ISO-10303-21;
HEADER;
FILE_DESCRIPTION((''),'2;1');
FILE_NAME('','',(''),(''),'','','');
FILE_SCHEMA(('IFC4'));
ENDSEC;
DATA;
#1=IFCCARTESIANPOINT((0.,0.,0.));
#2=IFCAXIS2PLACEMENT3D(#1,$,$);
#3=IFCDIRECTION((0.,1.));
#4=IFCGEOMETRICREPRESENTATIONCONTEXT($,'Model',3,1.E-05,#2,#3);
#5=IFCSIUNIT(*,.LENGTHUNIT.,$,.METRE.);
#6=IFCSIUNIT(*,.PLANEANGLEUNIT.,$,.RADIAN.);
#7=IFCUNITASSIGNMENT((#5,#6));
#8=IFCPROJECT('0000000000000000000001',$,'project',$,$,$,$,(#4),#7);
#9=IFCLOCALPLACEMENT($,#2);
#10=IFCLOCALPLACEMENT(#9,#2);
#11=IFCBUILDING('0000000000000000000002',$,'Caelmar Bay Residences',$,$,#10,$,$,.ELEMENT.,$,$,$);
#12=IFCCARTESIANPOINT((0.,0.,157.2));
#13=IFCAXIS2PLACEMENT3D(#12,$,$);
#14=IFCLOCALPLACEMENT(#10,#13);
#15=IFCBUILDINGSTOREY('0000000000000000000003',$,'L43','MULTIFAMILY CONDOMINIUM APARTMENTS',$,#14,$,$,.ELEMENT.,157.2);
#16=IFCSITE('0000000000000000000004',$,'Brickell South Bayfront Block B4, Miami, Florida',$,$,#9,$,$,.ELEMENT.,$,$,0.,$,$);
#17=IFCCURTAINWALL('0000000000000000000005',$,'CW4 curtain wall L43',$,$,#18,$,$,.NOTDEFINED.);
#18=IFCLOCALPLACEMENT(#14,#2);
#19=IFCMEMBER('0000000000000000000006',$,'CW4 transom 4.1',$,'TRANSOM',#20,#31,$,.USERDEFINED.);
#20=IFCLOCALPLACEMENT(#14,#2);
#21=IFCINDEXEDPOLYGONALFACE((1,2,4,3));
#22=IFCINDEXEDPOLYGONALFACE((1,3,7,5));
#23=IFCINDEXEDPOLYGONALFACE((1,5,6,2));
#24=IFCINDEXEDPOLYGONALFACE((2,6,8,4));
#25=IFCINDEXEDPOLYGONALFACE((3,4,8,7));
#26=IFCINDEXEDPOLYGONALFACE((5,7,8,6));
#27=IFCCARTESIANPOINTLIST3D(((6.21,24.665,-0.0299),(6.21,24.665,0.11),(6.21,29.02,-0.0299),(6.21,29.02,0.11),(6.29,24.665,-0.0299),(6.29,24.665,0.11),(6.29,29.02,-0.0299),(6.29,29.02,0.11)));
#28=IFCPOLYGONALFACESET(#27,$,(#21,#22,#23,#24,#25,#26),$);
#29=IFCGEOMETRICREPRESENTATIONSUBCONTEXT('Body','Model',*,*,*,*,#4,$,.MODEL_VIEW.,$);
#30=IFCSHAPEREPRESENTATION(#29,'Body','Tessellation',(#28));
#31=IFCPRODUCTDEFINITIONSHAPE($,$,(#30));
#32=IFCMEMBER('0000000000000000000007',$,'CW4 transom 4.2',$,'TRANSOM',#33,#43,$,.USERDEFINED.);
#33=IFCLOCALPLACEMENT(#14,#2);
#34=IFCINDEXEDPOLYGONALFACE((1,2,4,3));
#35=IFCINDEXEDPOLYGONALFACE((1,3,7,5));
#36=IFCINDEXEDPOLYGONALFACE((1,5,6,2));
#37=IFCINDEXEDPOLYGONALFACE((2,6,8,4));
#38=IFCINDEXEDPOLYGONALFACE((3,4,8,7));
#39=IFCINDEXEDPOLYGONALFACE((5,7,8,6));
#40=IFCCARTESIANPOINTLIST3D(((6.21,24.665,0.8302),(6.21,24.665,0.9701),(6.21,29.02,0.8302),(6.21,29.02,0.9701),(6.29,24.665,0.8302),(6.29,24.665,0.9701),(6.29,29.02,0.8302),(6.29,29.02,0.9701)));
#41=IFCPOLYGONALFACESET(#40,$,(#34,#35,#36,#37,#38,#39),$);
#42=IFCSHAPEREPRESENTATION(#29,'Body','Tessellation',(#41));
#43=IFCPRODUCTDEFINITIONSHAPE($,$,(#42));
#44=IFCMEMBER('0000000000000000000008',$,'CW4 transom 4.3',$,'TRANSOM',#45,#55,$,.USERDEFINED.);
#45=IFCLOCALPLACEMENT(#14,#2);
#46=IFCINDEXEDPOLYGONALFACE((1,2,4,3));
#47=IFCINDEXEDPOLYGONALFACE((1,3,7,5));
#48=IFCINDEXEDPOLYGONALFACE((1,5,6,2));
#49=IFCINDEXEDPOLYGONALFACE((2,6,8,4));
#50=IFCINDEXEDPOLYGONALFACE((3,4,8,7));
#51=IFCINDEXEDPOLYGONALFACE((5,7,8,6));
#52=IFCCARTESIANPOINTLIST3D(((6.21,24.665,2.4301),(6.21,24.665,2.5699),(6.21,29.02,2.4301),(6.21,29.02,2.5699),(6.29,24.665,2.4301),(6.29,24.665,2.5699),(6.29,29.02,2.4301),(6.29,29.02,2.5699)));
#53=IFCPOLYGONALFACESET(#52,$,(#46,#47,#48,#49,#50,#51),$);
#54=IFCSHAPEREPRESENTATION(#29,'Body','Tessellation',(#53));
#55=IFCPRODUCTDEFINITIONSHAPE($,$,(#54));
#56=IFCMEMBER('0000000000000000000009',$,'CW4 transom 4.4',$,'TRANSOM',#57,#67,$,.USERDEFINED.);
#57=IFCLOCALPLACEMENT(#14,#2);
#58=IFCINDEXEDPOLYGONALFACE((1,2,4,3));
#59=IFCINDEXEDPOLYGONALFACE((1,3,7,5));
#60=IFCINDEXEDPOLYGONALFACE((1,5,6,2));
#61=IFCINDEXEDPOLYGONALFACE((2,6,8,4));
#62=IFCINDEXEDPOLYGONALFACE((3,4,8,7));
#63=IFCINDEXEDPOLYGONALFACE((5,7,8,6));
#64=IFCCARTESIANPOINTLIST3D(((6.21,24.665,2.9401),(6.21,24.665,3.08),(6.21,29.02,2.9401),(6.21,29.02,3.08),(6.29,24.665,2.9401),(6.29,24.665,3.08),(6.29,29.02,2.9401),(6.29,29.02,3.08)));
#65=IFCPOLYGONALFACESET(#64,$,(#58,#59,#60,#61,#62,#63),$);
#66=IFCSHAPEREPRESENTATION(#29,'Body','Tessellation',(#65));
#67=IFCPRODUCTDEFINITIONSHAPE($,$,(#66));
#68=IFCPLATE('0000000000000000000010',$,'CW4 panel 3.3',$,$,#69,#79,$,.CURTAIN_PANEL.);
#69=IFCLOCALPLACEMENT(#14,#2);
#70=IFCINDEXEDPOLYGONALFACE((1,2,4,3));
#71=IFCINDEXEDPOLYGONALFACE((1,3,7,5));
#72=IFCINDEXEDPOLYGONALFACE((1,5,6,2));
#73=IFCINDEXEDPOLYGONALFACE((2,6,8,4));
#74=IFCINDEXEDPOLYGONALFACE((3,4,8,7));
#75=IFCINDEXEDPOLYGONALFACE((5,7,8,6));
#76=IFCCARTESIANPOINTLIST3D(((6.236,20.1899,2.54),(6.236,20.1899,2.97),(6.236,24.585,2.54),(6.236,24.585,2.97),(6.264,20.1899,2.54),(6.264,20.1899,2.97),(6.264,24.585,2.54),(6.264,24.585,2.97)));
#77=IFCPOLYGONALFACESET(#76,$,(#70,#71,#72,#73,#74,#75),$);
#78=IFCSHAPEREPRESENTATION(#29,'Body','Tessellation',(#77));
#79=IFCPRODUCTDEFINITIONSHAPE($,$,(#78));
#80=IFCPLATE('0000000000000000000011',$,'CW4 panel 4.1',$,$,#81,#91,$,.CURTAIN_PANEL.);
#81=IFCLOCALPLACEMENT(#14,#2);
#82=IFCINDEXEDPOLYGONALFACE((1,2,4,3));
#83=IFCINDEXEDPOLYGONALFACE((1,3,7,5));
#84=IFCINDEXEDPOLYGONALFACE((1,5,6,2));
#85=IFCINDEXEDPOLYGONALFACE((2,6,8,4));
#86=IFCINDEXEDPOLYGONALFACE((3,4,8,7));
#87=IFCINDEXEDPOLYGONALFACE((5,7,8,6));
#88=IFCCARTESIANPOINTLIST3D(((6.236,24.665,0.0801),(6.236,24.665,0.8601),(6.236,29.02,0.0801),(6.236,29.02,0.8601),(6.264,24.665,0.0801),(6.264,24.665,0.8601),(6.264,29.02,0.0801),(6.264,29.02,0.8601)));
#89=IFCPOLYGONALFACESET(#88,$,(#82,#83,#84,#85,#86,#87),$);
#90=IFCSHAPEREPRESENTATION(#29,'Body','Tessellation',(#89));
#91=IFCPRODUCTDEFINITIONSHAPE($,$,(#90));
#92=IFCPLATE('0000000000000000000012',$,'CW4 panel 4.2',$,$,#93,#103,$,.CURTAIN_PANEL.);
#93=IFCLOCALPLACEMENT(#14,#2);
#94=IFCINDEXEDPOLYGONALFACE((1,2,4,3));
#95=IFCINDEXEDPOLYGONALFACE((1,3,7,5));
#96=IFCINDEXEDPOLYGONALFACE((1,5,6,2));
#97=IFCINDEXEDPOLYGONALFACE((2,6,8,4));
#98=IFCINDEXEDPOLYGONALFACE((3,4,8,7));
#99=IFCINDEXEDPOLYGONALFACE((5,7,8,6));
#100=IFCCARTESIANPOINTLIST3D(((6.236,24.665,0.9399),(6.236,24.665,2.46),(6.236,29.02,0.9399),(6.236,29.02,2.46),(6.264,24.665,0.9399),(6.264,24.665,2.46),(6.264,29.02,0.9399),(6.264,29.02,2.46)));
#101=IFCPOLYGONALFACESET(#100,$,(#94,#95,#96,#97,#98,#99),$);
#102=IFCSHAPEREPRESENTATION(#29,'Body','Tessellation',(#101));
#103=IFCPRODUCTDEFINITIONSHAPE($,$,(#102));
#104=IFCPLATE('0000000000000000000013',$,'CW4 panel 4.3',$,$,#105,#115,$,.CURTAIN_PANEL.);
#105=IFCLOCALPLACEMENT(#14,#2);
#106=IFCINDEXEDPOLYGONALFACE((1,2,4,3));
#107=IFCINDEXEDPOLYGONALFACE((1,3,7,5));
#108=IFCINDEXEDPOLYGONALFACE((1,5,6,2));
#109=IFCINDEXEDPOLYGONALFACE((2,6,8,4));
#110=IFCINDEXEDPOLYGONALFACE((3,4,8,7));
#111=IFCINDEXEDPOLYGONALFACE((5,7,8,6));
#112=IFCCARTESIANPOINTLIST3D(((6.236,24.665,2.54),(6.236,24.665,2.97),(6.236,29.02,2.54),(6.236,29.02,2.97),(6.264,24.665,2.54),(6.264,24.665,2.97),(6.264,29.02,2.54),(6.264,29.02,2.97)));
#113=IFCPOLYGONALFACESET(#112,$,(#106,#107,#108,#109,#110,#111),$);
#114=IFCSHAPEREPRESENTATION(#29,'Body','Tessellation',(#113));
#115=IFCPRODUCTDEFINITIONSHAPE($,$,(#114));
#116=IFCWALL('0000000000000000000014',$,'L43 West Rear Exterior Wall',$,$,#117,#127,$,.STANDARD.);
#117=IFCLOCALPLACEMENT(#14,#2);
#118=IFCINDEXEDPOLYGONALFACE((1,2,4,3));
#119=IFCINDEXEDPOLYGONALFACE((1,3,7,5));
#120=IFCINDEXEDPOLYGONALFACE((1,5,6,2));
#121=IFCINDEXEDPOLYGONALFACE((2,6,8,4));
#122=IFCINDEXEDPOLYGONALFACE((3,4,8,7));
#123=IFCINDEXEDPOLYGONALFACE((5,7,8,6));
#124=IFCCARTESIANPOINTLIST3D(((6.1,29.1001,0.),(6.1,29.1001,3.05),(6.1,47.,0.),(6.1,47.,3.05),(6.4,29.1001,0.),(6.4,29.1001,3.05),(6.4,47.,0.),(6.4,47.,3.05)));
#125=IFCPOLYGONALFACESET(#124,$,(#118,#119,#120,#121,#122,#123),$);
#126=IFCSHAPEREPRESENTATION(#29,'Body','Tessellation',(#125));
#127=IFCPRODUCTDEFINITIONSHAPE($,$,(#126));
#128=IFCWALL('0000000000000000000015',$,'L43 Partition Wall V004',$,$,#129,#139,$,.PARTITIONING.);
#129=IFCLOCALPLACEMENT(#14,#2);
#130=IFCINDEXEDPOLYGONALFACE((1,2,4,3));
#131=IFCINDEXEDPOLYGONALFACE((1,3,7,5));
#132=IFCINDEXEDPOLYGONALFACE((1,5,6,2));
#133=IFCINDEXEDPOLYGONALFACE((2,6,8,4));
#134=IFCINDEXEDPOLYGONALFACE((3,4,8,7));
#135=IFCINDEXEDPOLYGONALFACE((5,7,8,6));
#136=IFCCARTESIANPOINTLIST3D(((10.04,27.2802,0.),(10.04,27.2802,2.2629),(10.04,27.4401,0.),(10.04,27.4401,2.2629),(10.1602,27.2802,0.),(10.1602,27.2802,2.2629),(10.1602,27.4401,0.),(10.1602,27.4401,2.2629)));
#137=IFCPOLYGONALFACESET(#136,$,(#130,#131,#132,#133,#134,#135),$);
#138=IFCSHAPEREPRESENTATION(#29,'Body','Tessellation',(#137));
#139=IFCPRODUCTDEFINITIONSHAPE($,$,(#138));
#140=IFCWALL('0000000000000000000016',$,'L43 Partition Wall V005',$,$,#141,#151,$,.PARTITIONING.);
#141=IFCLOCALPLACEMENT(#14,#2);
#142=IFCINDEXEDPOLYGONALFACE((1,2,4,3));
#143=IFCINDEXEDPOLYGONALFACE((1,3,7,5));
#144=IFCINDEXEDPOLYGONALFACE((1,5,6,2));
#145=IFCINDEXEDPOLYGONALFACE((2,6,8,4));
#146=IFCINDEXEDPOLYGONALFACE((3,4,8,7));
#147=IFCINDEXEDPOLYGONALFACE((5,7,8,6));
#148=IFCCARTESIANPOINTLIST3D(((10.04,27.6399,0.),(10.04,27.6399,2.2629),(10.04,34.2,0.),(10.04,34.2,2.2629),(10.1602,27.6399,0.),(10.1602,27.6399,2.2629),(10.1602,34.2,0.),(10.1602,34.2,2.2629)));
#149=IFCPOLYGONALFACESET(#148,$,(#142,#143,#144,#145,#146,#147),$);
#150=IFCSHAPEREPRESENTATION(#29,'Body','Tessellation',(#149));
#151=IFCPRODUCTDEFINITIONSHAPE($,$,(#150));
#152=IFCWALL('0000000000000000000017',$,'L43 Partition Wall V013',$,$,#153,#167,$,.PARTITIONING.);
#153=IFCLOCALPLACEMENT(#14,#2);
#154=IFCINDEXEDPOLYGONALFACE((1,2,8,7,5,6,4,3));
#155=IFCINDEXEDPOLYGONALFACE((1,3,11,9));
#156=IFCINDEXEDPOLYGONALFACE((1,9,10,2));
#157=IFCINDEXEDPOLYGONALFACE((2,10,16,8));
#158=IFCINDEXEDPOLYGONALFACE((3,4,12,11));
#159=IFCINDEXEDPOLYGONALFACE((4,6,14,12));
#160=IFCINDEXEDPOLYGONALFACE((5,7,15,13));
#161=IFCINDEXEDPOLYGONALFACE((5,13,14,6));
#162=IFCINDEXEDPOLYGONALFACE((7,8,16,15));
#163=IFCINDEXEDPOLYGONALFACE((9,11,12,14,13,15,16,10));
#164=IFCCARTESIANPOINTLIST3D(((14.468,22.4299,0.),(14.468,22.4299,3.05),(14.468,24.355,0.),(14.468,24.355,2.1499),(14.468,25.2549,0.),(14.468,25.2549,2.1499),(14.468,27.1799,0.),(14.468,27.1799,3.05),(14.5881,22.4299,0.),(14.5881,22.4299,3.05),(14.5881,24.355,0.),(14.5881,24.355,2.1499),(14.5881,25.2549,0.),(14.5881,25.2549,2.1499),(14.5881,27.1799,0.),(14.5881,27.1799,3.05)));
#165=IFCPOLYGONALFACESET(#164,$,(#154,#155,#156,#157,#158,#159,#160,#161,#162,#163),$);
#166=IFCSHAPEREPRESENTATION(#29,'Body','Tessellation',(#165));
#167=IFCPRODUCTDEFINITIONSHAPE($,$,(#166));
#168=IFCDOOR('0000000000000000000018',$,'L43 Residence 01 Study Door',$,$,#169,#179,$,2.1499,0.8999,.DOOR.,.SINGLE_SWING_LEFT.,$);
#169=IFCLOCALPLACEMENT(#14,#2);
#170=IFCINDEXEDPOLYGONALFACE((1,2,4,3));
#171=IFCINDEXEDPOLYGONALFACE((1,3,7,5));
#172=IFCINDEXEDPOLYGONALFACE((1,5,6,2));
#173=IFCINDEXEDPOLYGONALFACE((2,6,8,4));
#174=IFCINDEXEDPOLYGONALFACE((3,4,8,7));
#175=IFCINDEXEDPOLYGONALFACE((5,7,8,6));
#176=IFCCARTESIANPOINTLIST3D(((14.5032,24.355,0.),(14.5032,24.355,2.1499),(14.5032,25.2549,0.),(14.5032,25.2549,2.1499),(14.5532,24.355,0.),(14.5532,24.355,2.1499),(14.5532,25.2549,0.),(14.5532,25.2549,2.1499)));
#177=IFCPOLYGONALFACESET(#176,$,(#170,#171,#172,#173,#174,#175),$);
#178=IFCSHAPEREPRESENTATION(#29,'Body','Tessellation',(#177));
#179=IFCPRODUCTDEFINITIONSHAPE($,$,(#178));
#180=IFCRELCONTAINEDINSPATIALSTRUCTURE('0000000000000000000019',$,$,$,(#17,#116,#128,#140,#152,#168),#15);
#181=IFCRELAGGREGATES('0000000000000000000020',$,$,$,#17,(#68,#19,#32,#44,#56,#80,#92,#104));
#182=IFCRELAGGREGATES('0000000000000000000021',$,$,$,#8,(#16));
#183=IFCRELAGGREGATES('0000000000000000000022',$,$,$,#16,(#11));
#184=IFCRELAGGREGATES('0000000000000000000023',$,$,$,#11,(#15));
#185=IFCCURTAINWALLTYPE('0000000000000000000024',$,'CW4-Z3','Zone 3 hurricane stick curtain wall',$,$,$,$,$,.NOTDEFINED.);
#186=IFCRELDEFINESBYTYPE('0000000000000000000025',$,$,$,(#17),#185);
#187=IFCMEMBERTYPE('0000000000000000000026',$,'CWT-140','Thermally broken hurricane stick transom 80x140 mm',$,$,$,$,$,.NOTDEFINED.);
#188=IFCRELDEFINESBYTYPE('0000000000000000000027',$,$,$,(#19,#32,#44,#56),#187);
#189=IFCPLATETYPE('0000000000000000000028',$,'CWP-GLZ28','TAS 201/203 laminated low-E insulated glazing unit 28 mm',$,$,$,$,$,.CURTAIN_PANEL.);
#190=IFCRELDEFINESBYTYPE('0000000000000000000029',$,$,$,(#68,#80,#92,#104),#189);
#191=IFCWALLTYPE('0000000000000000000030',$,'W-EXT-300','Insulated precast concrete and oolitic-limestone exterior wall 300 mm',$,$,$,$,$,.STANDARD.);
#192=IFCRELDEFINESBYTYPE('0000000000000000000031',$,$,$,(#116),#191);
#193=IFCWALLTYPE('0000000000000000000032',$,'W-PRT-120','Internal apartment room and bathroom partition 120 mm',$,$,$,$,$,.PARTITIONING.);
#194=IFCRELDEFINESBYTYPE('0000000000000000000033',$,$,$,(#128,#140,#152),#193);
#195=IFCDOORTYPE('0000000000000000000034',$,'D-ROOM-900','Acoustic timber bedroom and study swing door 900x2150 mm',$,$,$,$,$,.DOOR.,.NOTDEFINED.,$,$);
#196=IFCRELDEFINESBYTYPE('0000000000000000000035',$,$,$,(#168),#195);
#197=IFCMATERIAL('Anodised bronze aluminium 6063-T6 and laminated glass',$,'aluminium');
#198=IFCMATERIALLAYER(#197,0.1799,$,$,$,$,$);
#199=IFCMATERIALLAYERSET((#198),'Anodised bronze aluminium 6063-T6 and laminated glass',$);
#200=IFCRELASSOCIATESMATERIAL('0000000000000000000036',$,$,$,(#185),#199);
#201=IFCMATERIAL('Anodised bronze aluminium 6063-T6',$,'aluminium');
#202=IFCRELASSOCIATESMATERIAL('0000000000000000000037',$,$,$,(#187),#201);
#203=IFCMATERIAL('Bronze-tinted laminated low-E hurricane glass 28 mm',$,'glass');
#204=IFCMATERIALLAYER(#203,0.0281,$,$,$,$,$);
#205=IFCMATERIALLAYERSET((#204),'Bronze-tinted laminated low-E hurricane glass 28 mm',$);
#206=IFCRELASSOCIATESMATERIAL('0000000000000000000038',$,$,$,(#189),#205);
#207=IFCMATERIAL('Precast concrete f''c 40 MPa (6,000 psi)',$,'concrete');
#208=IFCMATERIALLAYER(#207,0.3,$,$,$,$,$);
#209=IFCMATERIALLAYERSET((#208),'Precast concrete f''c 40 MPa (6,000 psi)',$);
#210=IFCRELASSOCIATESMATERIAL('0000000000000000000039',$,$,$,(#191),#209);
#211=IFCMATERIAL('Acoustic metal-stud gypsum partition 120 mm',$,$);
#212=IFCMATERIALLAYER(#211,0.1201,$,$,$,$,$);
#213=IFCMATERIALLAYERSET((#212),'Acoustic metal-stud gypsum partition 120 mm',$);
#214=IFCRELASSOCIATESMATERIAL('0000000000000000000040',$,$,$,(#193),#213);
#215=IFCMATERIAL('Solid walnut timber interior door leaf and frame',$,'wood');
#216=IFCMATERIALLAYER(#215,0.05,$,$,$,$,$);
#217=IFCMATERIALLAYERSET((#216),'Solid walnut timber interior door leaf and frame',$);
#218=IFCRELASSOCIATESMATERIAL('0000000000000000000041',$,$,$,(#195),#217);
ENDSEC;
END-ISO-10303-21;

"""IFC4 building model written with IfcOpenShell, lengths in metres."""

from ifc_helpers import new_model, si_unit, direction, frame, frame_2d, origin, origin_2d, place, context, subcontext, project, spatial, rectangle, extrude, material, layer, layer_set, material_profile, profile_set, type_object, element, fill, aggregate, save


model = new_model("IFC4")

# Units and contexts
model_context = context("Model", 3, precision=1e-05, world=origin(), true_north=direction((0.0, 1.0)))
body_context = subcontext(model_context, "Body", "Model", "MODEL_VIEW")
ifc_project = project(units=[si_unit("LENGTHUNIT", "METRE"), si_unit("PLANEANGLEUNIT", "RADIAN")], contexts=[model_context])

# Site, building, storey
site_placement = place(None, origin())
site = spatial("IfcSite", under=ifc_project, at=site_placement, Name="Brickell South Bayfront Block B4, Miami, Florida", CompositionType="ELEMENT", RefElevation=0.0)
building_placement = place(site_placement, origin())
building = spatial("IfcBuilding", under=site, at=building_placement, Name="Caelmar Bay Residences", CompositionType="ELEMENT")
storey_placement = place(building_placement, frame((0.0, 0.0, 157.2)))
storey = spatial("IfcBuildingStorey", under=building, at=storey_placement, Name="L43", Description="MULTIFAMILY CONDOMINIUM APARTMENTS", CompositionType="ELEMENT", Elevation=157.2)

# Curtain wall, members, plates
ifc_material_1 = material(Name="Anodised bronze aluminium 6063-T6 and laminated glass", Category="aluminium")
ifc_layer_1 = layer(ifc_material_1, 0.1799)
ifc_layer_set_1 = layer_set([ifc_layer_1], Name="Anodised bronze aluminium 6063-T6 and laminated glass")
curtain_wall_type = type_object("IfcCurtainWallType", Name="CW4-Z3", Description="Zone 3 hurricane stick curtain wall", PredefinedType="NOTDEFINED", material=ifc_layer_set_1)
curtain_wall_placement = place(storey_placement, origin())
curtain_wall = element("IfcCurtainWall", 1, at=curtain_wall_placement, inside=storey, type_object=curtain_wall_type, Name="CW4 curtain wall L43", PredefinedType="NOTDEFINED")
ifc_material_2 = material(Name="Anodised bronze aluminium 6063-T6", Category="aluminium")
ifc_material_profile_1 = material_profile(ifc_material_2, rectangle(XDim=0.0801, YDim=0.1399, at=origin_2d()), Name="CWT-80X140")
ifc_profile_set_1 = profile_set([ifc_material_profile_1], Name="Anodised bronze aluminium 6063-T6")
member_type_1 = type_object("IfcMemberType", Name="CWT-140", Description="Thermally broken hurricane stick transom 80x140 mm", PredefinedType="NOTDEFINED", material=ifc_profile_set_1)
member_1_placement = place(storey_placement, frame((6.25, 24.665, 0.04), z_axis=(0.0, 1.0, 0.0), x_axis=(-1.0, 0.0, 0.0)))
member_1 = element("IfcMember", 2, at=member_1_placement, type_object=member_type_1, Name="CW4 transom 4.1", ObjectType="TRANSOM", PredefinedType="USERDEFINED", context=body_context, shape_type="SweptSolid", body=[
    extrude(rectangle(XDim=0.0801, YDim=0.1399, at=origin_2d()), origin(), (0.0, 0.0, 1.0), 4.355),
])
member_2_placement = place(storey_placement, frame((6.25, 24.665, 0.9001), z_axis=(0.0, 1.0, 0.0), x_axis=(-1.0, 0.0, 0.0)))
member_2 = element("IfcMember", 3, at=member_2_placement, type_object=member_type_1, Name="CW4 transom 4.2", ObjectType="TRANSOM", PredefinedType="USERDEFINED", context=body_context, shape_type="SweptSolid", body=[
    extrude(rectangle(XDim=0.0801, YDim=0.1399, at=origin_2d()), origin(), (0.0, 0.0, 1.0), 4.355),
])
member_3_placement = place(storey_placement, frame((6.25, 24.665, 2.5), z_axis=(0.0, 1.0, 0.0), x_axis=(-1.0, 0.0, 0.0)))
member_3 = element("IfcMember", 4, at=member_3_placement, type_object=member_type_1, Name="CW4 transom 4.3", ObjectType="TRANSOM", PredefinedType="USERDEFINED", context=body_context, shape_type="SweptSolid", body=[
    extrude(rectangle(XDim=0.0801, YDim=0.1399, at=origin_2d()), origin(), (0.0, 0.0, 1.0), 4.355),
])
member_4_placement = place(storey_placement, frame((6.25, 24.665, 3.01), z_axis=(0.0, 1.0, 0.0), x_axis=(-1.0, 0.0, 0.0)))
member_4 = element("IfcMember", 5, at=member_4_placement, type_object=member_type_1, Name="CW4 transom 4.4", ObjectType="TRANSOM", PredefinedType="USERDEFINED", context=body_context, shape_type="SweptSolid", body=[
    extrude(rectangle(XDim=0.0801, YDim=0.1399, at=origin_2d()), origin(), (0.0, 0.0, 1.0), 4.355),
])
ifc_material_3 = material(Name="Bronze-tinted laminated low-E hurricane glass 28 mm", Category="glass")
ifc_layer_2 = layer(ifc_material_3, 0.0281)
ifc_layer_set_2 = layer_set([ifc_layer_2], Name="Bronze-tinted laminated low-E hurricane glass 28 mm")
plate_type = type_object("IfcPlateType", Name="CWP-GLZ28", Description="TAS 201/203 laminated low-E insulated glazing unit 28 mm", PredefinedType="CURTAIN_PANEL", material=ifc_layer_set_2)
plate_1_placement = place(storey_placement, frame((6.25, 22.3875, 2.54), z_axis=(0.0, 0.0, 1.0), x_axis=(0.0, 1.0, 0.0)))
plate_1 = element("IfcPlate", 6, at=plate_1_placement, type_object=plate_type, Name="CW4 panel 3.3", PredefinedType="CURTAIN_PANEL", context=body_context, shape_type="SweptSolid", body=[
    extrude(rectangle(XDim=4.395, YDim=0.0281, at=origin_2d()), origin(), (0.0, 0.0, 1.0), 0.4299),
])
plate_2_placement = place(storey_placement, frame((6.25, 26.8425, 0.0801), z_axis=(0.0, 0.0, 1.0), x_axis=(0.0, 1.0, 0.0)))
plate_2 = element("IfcPlate", 7, at=plate_2_placement, type_object=plate_type, Name="CW4 panel 4.1", PredefinedType="CURTAIN_PANEL", context=body_context, shape_type="SweptSolid", body=[
    extrude(rectangle(XDim=4.355, YDim=0.0281, at=origin_2d()), origin(), (0.0, 0.0, 1.0), 0.78),
])
plate_3_placement = place(storey_placement, frame((6.25, 26.8425, 0.9399), z_axis=(0.0, 0.0, 1.0), x_axis=(0.0, 1.0, 0.0)))
plate_3 = element("IfcPlate", 8, at=plate_3_placement, type_object=plate_type, Name="CW4 panel 4.2", PredefinedType="CURTAIN_PANEL", context=body_context, shape_type="SweptSolid", body=[
    extrude(rectangle(XDim=4.355, YDim=0.0281, at=origin_2d()), origin(), (0.0, 0.0, 1.0), 1.52),
])
plate_4_placement = place(storey_placement, frame((6.25, 26.8425, 2.54), z_axis=(0.0, 0.0, 1.0), x_axis=(0.0, 1.0, 0.0)))
plate_4 = element("IfcPlate", 9, at=plate_4_placement, type_object=plate_type, Name="CW4 panel 4.3", PredefinedType="CURTAIN_PANEL", context=body_context, shape_type="SweptSolid", body=[
    extrude(rectangle(XDim=4.355, YDim=0.0281, at=origin_2d()), origin(), (0.0, 0.0, 1.0), 0.4299),
])
aggregate(curtain_wall, [plate_1, member_1, member_2, member_3, member_4, plate_2, plate_3, plate_4])

# Wall
ifc_material_4 = material(Name="Precast concrete f'c 40 MPa (6,000 psi)", Category="concrete")
ifc_layer_3 = layer(ifc_material_4, 0.3)
ifc_layer_set_3 = layer_set([ifc_layer_3], Name="Precast concrete f'c 40 MPa (6,000 psi)")
wall_type_1 = type_object("IfcWallType", Name="W-EXT-300", Description="Insulated precast concrete and oolitic-limestone exterior wall 300 mm", PredefinedType="STANDARD", material=ifc_layer_set_3)
wall_1_placement = place(storey_placement, frame((6.25, 29.1001, 0.0), z_axis=(0.0, 0.0, 1.0), x_axis=(0.0, 1.0, 0.0)))
element("IfcWall", 10, at=wall_1_placement, inside=storey, type_object=wall_type_1, Name="L43 West Rear Exterior Wall", PredefinedType="STANDARD", context=body_context, shape_type="SweptSolid", body=[
    extrude(rectangle(XDim=17.8999, YDim=0.3, at=frame_2d((8.95, 0.0))), origin(), (0.0, 0.0, 1.0), 3.05),
])

# Shared definitions
ifc_material_5 = material(Name="Acoustic metal-stud gypsum partition 120 mm")
ifc_layer_4 = layer(ifc_material_5, 0.1201)
ifc_layer_set_4 = layer_set([ifc_layer_4], Name="Acoustic metal-stud gypsum partition 120 mm")
wall_type_2 = type_object("IfcWallType", Name="W-PRT-120", Description="Internal apartment room and bathroom partition 120 mm", PredefinedType="PARTITIONING", material=ifc_layer_set_4)
ifc_material_6 = material(Name="Solid walnut timber interior door leaf and frame", Category="wood")
ifc_layer_5 = layer(ifc_material_6, 0.05)
ifc_layer_set_5 = layer_set([ifc_layer_5], Name="Solid walnut timber interior door leaf and frame")
door_type_1 = type_object("IfcDoorType", Name="D-ROOM-900", Description="Acoustic timber bedroom and study swing door 900x2150 mm", OperationType="NOTDEFINED", PredefinedType="DOOR", material=ifc_layer_set_5)

# Walls
wall_2_placement = place(storey_placement, frame((10.1001, 27.28, 0.0), z_axis=(0.0, 0.0, 1.0), x_axis=(0.0, 1.0, 0.0)))
element("IfcWall", 11, at=wall_2_placement, inside=storey, type_object=wall_type_2, Name="L43 Partition Wall V004", PredefinedType="PARTITIONING", context=body_context, shape_type="SweptSolid", body=[
    extrude(rectangle(XDim=0.1599, YDim=0.1201, at=frame_2d((0.0801, 0.0))), origin(), (0.0, 0.0, 1.0), 2.2629),
])
wall_3_placement = place(storey_placement, frame((10.1001, 27.6399, 0.0), z_axis=(0.0, 0.0, 1.0), x_axis=(0.0, 1.0, 0.0)))
element("IfcWall", 12, at=wall_3_placement, inside=storey, type_object=wall_type_2, Name="L43 Partition Wall V005", PredefinedType="PARTITIONING", context=body_context, shape_type="SweptSolid", body=[
    extrude(rectangle(XDim=6.5601, YDim=0.1201, at=frame_2d((3.28, 0.0))), origin(), (0.0, 0.0, 1.0), 2.2629),
])

# Wall, opening, door
wall_4_placement = place(storey_placement, frame((14.5281, 22.4299, 0.0), z_axis=(0.0, 0.0, 1.0), x_axis=(0.0, 1.0, 0.0)))
wall_4 = element("IfcWall", 13, at=wall_4_placement, inside=storey, type_object=wall_type_2, Name="L43 Partition Wall V013", PredefinedType="PARTITIONING", context=body_context, shape_type="SweptSolid", body=[
    extrude(rectangle(XDim=4.75, YDim=0.1201, at=frame_2d((2.375, 0.0))), origin(), (0.0, 0.0, 1.0), 3.05),
])
opening_1_placement = place(wall_4_placement, frame((1.925, 0.0, 0.0)))
opening_1 = element("IfcOpeningElement", 14, at=opening_1_placement, cuts=wall_4, PredefinedType="OPENING", context=body_context, shape_type="SweptSolid", body=[
    extrude(rectangle(XDim=0.8999, YDim=2.1499, at=frame_2d((0.45, 1.075))), frame((0.0, 0.0701, 0.0), z_axis=(0.0, -1.0, 0.0), x_axis=(1.0, 0.0, 0.0)), (0.0, 0.0, 1.0), 0.1401),
])
door_1_placement = place(opening_1_placement, origin())
door_1 = element("IfcDoor", 15, at=door_1_placement, inside=storey, type_object=door_type_1, Name="L43 Residence 01 Study Door", OperationType="SINGLE_SWING_LEFT", OverallHeight=2.1499, OverallWidth=0.8999, PredefinedType="DOOR", context=body_context, shape_type="SweptSolid", body=[
    extrude(rectangle(XDim=0.8999, YDim=2.1499, at=frame_2d((0.45, 1.075))), frame((0.0, 0.0249, 0.0), z_axis=(0.0, -1.0, 0.0), x_axis=(1.0, 0.0, 0.0)), (0.0, 0.0, 1.0), 0.05),
])
fill(opening_1, door_1)

save(model, "model.ifc")
